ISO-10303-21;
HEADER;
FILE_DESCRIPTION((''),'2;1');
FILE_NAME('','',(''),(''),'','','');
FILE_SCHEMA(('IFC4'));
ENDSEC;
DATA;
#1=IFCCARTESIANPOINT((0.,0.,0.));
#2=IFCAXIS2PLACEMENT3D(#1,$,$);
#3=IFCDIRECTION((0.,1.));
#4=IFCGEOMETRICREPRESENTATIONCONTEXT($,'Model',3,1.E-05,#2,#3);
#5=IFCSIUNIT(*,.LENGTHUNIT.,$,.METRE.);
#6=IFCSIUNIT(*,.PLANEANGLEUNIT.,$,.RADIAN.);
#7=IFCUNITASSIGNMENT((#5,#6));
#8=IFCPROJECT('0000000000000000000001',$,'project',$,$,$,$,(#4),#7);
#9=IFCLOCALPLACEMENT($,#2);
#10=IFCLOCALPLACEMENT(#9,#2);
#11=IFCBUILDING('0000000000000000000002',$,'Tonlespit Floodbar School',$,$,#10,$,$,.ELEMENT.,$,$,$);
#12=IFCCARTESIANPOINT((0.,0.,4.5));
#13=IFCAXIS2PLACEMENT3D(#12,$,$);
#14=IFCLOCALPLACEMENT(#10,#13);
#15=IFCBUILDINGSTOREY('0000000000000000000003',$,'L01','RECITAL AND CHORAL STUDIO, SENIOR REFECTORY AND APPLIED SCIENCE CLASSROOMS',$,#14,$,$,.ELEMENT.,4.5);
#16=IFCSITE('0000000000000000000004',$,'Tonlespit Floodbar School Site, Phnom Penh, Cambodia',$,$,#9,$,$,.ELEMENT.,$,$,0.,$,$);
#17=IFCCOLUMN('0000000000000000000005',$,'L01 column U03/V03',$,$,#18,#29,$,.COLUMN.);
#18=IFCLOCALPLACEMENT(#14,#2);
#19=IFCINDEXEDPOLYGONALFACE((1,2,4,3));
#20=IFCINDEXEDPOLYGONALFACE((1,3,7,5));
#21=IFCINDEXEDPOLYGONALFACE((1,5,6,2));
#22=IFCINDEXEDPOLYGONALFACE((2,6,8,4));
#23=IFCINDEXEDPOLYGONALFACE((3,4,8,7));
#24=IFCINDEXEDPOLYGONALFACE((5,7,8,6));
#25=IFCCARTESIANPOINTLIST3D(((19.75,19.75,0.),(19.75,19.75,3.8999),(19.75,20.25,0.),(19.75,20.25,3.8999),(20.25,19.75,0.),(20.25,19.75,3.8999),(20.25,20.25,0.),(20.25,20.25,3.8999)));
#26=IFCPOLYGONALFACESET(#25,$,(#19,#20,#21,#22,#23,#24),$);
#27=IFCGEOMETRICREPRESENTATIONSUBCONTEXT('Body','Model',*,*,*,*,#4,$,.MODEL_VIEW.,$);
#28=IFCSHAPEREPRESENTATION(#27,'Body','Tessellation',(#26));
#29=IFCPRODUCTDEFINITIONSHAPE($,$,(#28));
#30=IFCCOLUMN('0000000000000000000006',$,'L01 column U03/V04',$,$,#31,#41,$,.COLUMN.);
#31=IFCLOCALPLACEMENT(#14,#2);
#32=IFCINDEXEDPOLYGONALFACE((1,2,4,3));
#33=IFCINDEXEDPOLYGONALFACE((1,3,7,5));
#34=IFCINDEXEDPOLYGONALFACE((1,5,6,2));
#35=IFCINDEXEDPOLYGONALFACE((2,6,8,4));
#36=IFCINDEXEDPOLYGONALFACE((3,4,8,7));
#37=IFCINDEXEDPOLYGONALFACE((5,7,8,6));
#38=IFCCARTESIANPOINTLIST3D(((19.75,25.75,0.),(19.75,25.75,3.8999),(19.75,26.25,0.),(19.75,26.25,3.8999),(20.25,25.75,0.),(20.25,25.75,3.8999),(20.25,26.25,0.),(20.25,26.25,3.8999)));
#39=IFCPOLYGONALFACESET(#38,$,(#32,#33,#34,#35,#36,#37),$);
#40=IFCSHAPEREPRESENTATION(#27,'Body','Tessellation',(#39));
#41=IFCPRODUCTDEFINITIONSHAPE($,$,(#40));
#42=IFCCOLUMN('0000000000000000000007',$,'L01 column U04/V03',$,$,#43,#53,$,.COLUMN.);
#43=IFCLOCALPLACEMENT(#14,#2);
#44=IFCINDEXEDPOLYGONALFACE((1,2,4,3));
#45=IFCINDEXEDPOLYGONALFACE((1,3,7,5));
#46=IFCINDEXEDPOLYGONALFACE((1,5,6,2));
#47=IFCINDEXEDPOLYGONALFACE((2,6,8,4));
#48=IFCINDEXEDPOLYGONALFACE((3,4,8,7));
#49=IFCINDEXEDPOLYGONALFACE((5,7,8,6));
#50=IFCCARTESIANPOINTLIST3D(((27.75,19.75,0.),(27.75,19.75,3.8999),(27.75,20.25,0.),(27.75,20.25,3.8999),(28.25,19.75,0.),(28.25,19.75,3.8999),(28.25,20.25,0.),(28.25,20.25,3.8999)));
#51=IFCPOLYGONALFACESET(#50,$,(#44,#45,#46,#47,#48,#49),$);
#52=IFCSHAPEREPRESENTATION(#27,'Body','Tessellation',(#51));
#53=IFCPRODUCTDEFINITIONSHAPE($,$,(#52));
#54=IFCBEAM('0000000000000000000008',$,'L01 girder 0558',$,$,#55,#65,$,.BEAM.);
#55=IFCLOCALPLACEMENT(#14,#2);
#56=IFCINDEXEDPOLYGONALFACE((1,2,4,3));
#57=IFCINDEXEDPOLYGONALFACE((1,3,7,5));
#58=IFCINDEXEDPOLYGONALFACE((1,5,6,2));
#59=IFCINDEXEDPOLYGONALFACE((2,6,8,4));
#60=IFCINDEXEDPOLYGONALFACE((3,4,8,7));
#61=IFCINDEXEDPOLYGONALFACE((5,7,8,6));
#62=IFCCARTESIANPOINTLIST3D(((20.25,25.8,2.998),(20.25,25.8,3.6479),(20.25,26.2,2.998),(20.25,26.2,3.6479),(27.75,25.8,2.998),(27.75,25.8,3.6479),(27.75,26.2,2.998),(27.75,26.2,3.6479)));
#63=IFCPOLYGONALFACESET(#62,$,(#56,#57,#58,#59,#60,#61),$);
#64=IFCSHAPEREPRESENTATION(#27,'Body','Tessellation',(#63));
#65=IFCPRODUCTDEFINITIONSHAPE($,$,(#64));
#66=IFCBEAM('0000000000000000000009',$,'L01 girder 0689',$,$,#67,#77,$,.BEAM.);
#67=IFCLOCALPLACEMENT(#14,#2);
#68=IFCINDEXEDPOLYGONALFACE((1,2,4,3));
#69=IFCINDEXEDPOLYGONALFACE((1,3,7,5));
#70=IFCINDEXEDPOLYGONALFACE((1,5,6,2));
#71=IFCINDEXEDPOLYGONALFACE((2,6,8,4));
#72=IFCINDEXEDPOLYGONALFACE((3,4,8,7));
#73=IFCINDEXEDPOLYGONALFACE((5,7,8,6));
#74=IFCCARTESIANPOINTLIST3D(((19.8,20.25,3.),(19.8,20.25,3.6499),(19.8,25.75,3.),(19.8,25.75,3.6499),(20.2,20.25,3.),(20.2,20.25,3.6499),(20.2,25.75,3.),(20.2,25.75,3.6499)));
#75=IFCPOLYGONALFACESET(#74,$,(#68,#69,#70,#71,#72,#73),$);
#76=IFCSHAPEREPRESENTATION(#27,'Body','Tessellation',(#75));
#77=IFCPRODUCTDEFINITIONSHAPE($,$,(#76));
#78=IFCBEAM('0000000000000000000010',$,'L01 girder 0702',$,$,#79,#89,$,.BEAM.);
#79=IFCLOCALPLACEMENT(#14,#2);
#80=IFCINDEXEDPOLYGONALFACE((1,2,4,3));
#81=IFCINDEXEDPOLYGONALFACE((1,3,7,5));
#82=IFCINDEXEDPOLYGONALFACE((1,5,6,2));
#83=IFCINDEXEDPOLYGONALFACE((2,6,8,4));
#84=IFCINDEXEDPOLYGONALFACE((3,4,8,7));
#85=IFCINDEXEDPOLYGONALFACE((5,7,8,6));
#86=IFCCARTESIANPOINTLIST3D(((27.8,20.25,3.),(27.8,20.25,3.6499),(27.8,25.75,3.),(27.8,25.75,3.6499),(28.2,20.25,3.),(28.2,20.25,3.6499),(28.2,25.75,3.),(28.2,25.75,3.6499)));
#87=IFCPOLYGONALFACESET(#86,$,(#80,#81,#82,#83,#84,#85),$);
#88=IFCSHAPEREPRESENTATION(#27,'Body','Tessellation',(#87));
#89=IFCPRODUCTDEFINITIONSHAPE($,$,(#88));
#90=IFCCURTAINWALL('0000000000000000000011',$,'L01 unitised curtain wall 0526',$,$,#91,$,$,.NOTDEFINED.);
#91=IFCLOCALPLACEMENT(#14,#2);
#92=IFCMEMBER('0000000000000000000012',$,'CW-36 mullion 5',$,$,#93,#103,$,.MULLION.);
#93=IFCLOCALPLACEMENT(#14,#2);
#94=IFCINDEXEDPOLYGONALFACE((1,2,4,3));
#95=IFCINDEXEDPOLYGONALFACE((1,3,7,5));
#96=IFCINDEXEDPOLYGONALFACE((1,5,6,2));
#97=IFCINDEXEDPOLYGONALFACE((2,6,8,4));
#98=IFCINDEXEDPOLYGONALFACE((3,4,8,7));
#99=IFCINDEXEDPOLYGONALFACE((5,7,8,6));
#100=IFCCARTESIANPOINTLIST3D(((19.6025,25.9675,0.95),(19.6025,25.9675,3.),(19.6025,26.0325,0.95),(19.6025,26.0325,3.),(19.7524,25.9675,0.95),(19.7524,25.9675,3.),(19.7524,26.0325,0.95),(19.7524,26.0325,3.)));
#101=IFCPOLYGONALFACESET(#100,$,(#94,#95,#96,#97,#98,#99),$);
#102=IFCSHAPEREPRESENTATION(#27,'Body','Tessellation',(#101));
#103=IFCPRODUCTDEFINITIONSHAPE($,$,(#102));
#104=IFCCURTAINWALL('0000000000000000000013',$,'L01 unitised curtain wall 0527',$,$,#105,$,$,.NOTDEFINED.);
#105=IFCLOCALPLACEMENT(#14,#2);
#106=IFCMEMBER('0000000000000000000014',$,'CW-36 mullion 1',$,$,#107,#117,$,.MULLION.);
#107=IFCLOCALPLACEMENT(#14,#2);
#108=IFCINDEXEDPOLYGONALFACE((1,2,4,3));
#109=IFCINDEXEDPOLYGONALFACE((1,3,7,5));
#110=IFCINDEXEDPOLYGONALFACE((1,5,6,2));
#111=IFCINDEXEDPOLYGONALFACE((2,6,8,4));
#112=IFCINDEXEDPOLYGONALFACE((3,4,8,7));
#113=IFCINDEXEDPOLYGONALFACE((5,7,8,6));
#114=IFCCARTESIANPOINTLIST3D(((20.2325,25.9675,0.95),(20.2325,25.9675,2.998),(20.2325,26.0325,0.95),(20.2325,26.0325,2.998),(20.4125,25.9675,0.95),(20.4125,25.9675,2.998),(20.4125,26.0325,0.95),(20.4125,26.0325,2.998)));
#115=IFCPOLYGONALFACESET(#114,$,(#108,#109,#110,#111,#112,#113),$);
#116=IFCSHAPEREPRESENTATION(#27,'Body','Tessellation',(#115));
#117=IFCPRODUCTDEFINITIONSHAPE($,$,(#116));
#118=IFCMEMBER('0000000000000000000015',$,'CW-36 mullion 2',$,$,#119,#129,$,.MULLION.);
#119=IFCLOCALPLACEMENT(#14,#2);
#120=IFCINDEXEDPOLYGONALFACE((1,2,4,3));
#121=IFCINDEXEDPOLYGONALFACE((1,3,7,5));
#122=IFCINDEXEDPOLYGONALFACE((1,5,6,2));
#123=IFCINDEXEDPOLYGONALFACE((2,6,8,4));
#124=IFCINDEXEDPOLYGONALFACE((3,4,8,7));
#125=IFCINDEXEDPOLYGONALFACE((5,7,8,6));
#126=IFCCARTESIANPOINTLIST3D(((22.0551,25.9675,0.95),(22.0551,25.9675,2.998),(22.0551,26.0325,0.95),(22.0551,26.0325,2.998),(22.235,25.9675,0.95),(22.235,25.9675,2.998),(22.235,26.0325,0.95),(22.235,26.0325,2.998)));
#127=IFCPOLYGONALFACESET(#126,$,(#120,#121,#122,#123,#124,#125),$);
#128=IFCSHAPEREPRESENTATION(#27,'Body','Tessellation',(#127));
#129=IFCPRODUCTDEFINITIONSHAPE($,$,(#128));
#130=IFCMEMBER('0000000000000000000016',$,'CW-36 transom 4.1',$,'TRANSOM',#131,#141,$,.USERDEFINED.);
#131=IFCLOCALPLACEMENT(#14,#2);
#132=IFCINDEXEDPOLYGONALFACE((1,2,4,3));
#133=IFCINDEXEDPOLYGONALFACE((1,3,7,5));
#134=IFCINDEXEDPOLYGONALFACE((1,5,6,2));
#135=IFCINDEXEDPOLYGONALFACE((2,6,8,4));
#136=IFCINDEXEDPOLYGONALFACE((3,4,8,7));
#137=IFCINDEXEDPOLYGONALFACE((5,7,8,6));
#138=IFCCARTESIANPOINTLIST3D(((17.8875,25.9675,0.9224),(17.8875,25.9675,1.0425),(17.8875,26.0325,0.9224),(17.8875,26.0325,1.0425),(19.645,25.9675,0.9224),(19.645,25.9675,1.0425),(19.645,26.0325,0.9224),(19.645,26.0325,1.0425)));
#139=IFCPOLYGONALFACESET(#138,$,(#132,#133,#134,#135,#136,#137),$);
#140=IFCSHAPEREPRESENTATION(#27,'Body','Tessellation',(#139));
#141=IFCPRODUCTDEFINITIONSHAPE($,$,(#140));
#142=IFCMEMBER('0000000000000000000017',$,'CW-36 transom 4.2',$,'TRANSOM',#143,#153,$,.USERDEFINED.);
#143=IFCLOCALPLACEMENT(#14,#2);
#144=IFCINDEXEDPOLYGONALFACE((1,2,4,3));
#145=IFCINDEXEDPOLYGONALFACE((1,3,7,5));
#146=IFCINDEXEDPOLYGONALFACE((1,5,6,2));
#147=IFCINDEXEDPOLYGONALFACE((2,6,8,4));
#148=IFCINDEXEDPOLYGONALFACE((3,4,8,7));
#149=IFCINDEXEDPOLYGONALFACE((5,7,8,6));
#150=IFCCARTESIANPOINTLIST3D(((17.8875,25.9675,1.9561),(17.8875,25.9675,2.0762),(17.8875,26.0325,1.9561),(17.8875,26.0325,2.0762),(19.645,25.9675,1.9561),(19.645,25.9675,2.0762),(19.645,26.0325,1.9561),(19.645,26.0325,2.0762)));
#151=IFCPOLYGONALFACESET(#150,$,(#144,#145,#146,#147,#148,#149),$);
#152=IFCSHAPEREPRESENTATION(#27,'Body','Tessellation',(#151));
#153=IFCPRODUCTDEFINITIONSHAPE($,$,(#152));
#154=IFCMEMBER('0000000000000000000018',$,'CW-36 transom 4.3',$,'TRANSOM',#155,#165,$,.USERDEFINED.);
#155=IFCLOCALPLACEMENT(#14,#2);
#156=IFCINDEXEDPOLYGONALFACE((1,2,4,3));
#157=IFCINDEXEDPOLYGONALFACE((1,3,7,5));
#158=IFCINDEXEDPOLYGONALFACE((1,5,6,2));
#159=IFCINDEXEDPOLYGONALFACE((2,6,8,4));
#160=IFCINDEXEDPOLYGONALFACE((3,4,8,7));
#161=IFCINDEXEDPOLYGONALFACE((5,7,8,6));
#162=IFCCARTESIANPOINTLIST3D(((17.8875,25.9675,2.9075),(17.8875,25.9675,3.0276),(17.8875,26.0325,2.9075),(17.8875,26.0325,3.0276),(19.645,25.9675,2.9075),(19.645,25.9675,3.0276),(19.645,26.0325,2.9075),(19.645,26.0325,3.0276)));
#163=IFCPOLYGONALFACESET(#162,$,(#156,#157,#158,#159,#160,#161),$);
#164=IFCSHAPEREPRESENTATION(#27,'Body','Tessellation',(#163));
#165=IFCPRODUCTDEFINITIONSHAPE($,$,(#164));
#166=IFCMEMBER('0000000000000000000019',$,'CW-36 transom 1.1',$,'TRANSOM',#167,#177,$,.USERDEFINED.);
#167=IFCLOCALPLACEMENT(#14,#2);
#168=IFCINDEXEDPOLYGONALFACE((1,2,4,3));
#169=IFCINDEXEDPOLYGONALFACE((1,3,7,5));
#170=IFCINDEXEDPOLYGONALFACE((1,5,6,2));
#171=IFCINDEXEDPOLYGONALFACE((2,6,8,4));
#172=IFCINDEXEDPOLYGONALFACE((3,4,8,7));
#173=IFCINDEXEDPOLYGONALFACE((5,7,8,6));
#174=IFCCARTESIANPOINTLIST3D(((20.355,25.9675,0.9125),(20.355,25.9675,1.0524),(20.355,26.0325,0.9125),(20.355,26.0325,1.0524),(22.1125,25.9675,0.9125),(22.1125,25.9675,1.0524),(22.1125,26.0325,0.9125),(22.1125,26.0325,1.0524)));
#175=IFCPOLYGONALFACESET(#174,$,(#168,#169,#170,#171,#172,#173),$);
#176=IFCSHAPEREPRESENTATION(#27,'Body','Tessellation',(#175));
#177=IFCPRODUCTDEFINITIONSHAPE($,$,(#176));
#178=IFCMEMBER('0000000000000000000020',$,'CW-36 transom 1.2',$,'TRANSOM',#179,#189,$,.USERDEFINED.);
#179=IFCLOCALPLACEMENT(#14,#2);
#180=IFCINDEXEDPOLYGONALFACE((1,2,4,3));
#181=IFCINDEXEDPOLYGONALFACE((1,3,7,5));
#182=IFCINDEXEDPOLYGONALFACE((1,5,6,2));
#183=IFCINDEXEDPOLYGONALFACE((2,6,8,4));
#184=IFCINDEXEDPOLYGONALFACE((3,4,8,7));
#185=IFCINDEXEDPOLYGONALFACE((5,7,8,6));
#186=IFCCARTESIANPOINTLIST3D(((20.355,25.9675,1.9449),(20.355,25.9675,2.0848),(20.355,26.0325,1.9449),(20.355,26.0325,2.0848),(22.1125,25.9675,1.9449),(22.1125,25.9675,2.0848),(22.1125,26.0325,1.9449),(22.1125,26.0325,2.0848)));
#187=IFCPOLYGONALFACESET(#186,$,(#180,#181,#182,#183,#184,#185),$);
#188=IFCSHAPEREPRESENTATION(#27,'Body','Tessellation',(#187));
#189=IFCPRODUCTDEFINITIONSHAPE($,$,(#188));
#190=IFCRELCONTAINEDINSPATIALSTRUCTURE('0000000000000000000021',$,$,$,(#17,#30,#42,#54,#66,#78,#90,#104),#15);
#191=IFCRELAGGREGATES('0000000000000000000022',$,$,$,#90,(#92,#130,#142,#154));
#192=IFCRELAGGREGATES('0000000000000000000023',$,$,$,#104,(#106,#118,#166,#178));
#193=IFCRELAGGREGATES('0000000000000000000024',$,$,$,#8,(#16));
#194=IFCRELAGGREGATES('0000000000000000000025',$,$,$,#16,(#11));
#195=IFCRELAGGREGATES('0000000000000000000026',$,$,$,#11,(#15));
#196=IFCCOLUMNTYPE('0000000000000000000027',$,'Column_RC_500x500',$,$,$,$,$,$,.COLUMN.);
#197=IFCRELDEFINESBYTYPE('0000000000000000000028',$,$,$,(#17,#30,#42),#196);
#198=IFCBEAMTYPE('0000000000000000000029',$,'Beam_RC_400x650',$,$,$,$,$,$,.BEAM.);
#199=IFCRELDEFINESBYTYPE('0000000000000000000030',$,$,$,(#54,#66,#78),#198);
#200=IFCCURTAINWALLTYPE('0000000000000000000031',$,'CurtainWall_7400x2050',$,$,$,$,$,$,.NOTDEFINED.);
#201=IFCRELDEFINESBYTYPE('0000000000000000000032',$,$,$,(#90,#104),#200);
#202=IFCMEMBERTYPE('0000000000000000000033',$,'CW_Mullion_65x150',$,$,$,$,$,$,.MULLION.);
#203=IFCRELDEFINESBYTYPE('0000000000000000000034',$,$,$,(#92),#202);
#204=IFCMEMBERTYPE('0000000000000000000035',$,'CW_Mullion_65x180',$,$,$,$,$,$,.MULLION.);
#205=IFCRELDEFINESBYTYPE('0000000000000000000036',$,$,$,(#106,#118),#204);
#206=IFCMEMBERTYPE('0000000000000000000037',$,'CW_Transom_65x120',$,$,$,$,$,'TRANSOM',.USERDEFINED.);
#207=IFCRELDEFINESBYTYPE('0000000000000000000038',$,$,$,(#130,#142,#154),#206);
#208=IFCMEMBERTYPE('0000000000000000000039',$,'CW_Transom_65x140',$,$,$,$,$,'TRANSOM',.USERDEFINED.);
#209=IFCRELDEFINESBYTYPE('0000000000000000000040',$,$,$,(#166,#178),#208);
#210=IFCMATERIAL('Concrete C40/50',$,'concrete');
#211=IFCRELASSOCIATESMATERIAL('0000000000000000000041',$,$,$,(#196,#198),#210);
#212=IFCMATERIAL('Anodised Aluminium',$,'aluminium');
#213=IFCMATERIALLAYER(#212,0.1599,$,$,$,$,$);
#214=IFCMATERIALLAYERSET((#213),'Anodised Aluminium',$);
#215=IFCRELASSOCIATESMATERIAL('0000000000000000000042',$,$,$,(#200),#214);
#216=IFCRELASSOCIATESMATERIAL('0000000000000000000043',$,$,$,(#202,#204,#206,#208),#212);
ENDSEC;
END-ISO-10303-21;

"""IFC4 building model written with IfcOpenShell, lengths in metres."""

from ifc_helpers import new_model, si_unit, direction, frame, origin, origin_2d, place, context, subcontext, project, spatial, rectangle, extrude, material, layer, layer_set, material_profile, profile_set, type_object, element, aggregate, save


model = new_model("IFC4")

# Units and contexts
model_context = context("Model", 3, precision=1e-05, world=origin(), true_north=direction((0.0, 1.0)))
body_context = subcontext(model_context, "Body", "Model", "MODEL_VIEW")
ifc_project = project(units=[si_unit("LENGTHUNIT", "METRE"), si_unit("PLANEANGLEUNIT", "RADIAN")], contexts=[model_context])

# Site, building, storey
site_placement = place(None, origin())
site = spatial("IfcSite", under=ifc_project, at=site_placement, Name="Tonlespit Floodbar School Site, Phnom Penh, Cambodia", CompositionType="ELEMENT", RefElevation=0.0)
building_placement = place(site_placement, origin())
building = spatial("IfcBuilding", under=site, at=building_placement, Name="Tonlespit Floodbar School", CompositionType="ELEMENT")
storey_placement = place(building_placement, frame((0.0, 0.0, 4.5)))
storey = spatial("IfcBuildingStorey", under=building, at=storey_placement, Name="L01", Description="RECITAL AND CHORAL STUDIO, SENIOR REFECTORY AND APPLIED SCIENCE CLASSROOMS", CompositionType="ELEMENT", Elevation=4.5)

# Columns
ifc_material_1 = material(Name="Concrete C40/50", Category="concrete")
ifc_material_profile_1 = material_profile(ifc_material_1, rectangle(XDim=0.5, YDim=0.5, at=origin_2d()), Name="RC 500x500")
ifc_profile_set_1 = profile_set([ifc_material_profile_1], Name="Concrete C40/50")
column_type = type_object("IfcColumnType", Name="Column_RC_500x500", PredefinedType="COLUMN", material=ifc_profile_set_1)
for number, where, z_axis, x_axis, name in (
    (1, (20.0, 20.0, 0.0), (0.0, 0.0, 1.0), (1.0, 0.0, 0.0), "L01 column U03/V03"),
    (2, (20.0, 26.0, 0.0), (0.0, 0.0, 1.0), (1.0, 0.0, 0.0), "L01 column U03/V04"),
    (3, (28.0, 20.0, 0.0), (0.0, 0.0, 1.0), (1.0, 0.0, 0.0), "L01 column U04/V03"),
):
    element("IfcColumn", number, at=place(storey_placement, frame(where, z_axis=z_axis, x_axis=x_axis)), inside=storey, type_object=column_type, Name=name, PredefinedType="COLUMN", context=body_context, shape_type="SweptSolid", body=[
        extrude(rectangle(XDim=0.5, YDim=0.5, at=origin_2d()), origin(), (0.0, 0.0, 1.0), 3.8999),
    ])

# Beams
ifc_material_profile_2 = material_profile(ifc_material_1, rectangle(XDim=0.3999, YDim=0.6499, at=origin_2d()), Name="RC 400x650")
ifc_profile_set_2 = profile_set([ifc_material_profile_2], Name="Concrete C40/50")
beam_type_1 = type_object("IfcBeamType", Name="Beam_RC_400x650", PredefinedType="BEAM", material=ifc_profile_set_2)
beam_placement = place(storey_placement, frame((20.25, 26.0, 3.323), z_axis=(1.0, 0.0, 0.0), x_axis=(0.0, 1.0, 0.0)))
element("IfcBeam", 4, at=beam_placement, inside=storey, type_object=beam_type_1, Name="L01 girder 0558", PredefinedType="BEAM", context=body_context, shape_type="SweptSolid", body=[
    extrude(rectangle(XDim=0.3999, YDim=0.6499, at=origin_2d()), origin(), (0.0, 0.0, 1.0), 7.5),
])
for number, where, z_axis, x_axis, name in (
    (5, (20.0, 20.25, 3.325), (0.0, 1.0, 0.0), (-1.0, 0.0, 0.0), "L01 girder 0689"),
    (6, (28.0, 20.25, 3.325), (0.0, 1.0, 0.0), (-1.0, 0.0, 0.0), "L01 girder 0702"),
):
    element("IfcBeam", number, at=place(storey_placement, frame(where, z_axis=z_axis, x_axis=x_axis)), inside=storey, type_object=beam_type_1, Name=name, PredefinedType="BEAM", context=body_context, shape_type="SweptSolid", body=[
        extrude(rectangle(XDim=0.3999, YDim=0.6499, at=origin_2d()), origin(), (0.0, 0.0, 1.0), 5.5),
    ])

# Curtain wall, member
ifc_material_2 = material(Name="Anodised Aluminium", Category="aluminium")
ifc_layer_1 = layer(ifc_material_2, 0.1599)
ifc_layer_set_1 = layer_set([ifc_layer_1], Name="Anodised Aluminium")
curtain_wall_type = type_object("IfcCurtainWallType", Name="CurtainWall_7400x2050", PredefinedType="NOTDEFINED", material=ifc_layer_set_1)
curtain_wall_1_placement = place(storey_placement, origin())
curtain_wall_1 = element("IfcCurtainWall", 7, at=curtain_wall_1_placement, inside=storey, type_object=curtain_wall_type, Name="L01 unitised curtain wall 0526", PredefinedType="NOTDEFINED")
ifc_material_profile_3 = material_profile(ifc_material_2, rectangle(XDim=0.0649, YDim=0.1499, at=origin_2d()), Name="ALU M65x150")
ifc_profile_set_3 = profile_set([ifc_material_profile_3], Name="Anodised Aluminium")
member_type_1 = type_object("IfcMemberType", Name="CW_Mullion_65x150", PredefinedType="MULLION", material=ifc_profile_set_3)
member_1_placement = place(storey_placement, frame((19.6775, 26.0, 0.95), z_axis=(0.0, 0.0, 1.0), x_axis=(0.0, 1.0, 0.0)))
member_1 = element("IfcMember", 8, at=member_1_placement, type_object=member_type_1, Name="CW-36 mullion 5", PredefinedType="MULLION", context=body_context, shape_type="SweptSolid", body=[
    extrude(rectangle(XDim=0.0649, YDim=0.1499, at=origin_2d()), origin(), (0.0, 0.0, 1.0), 2.05),
])

# Curtain wall, members
curtain_wall_2_placement = place(storey_placement, origin())
curtain_wall_2 = element("IfcCurtainWall", 9, at=curtain_wall_2_placement, inside=storey, type_object=curtain_wall_type, Name="L01 unitised curtain wall 0527", PredefinedType="NOTDEFINED")
ifc_material_profile_4 = material_profile(ifc_material_2, rectangle(XDim=0.0649, YDim=0.1799, at=origin_2d()), Name="ALU M65x180")
ifc_profile_set_4 = profile_set([ifc_material_profile_4], Name="Anodised Aluminium")
member_type_2 = type_object("IfcMemberType", Name="CW_Mullion_65x180", PredefinedType="MULLION", material=ifc_profile_set_4)
member_2_placement = place(storey_placement, frame((20.3225, 26.0, 0.95), z_axis=(0.0, 0.0, 1.0), x_axis=(0.0, 1.0, 0.0)))
member_2 = element("IfcMember", 10, at=member_2_placement, type_object=member_type_2, Name="CW-36 mullion 1", PredefinedType="MULLION", context=body_context, shape_type="SweptSolid", body=[
    extrude(rectangle(XDim=0.0649, YDim=0.1799, at=origin_2d()), origin(), (0.0, 0.0, 1.0), 2.0481),
])
member_3_placement = place(storey_placement, frame((22.145, 26.0, 0.95), z_axis=(0.0, 0.0, 1.0), x_axis=(0.0, 1.0, 0.0)))
member_3 = element("IfcMember", 11, at=member_3_placement, type_object=member_type_2, Name="CW-36 mullion 2", PredefinedType="MULLION", context=body_context, shape_type="SweptSolid", body=[
    extrude(rectangle(XDim=0.0649, YDim=0.1799, at=origin_2d()), origin(), (0.0, 0.0, 1.0), 2.0481),
])

# Members
ifc_material_profile_5 = material_profile(ifc_material_2, rectangle(XDim=0.0649, YDim=0.1201, at=origin_2d()), Name="ALU T65x120")
ifc_profile_set_5 = profile_set([ifc_material_profile_5], Name="Anodised Aluminium")
member_type_3 = type_object("IfcMemberType", Name="CW_Transom_65x120", ElementType="TRANSOM", PredefinedType="USERDEFINED", material=ifc_profile_set_5)
member_4_placement = place(storey_placement, frame((17.8875, 26.0, 0.9824), z_axis=(1.0, 0.0, 0.0), x_axis=(0.0, 1.0, 0.0)))
member_4 = element("IfcMember", 12, at=member_4_placement, type_object=member_type_3, Name="CW-36 transom 4.1", ObjectType="TRANSOM", PredefinedType="USERDEFINED", context=body_context, shape_type="SweptSolid", body=[
    extrude(rectangle(XDim=0.0649, YDim=0.1201, at=origin_2d()), origin(), (0.0, 0.0, 1.0), 1.7576),
])
member_5_placement = place(storey_placement, frame((17.8875, 26.0, 2.0161), z_axis=(1.0, 0.0, 0.0), x_axis=(0.0, 1.0, 0.0)))
member_5 = element("IfcMember", 13, at=member_5_placement, type_object=member_type_3, Name="CW-36 transom 4.2", ObjectType="TRANSOM", PredefinedType="USERDEFINED", context=body_context, shape_type="SweptSolid", body=[
    extrude(rectangle(XDim=0.0649, YDim=0.1201, at=origin_2d()), origin(), (0.0, 0.0, 1.0), 1.7576),
])
member_6_placement = place(storey_placement, frame((17.8875, 26.0, 2.9675), z_axis=(1.0, 0.0, 0.0), x_axis=(0.0, 1.0, 0.0)))
member_6 = element("IfcMember", 14, at=member_6_placement, type_object=member_type_3, Name="CW-36 transom 4.3", ObjectType="TRANSOM", PredefinedType="USERDEFINED", context=body_context, shape_type="SweptSolid", body=[
    extrude(rectangle(XDim=0.0649, YDim=0.1201, at=origin_2d()), origin(), (0.0, 0.0, 1.0), 1.7576),
])
ifc_material_profile_6 = material_profile(ifc_material_2, rectangle(XDim=0.0649, YDim=0.1399, at=origin_2d()), Name="ALU T65x140")
ifc_profile_set_6 = profile_set([ifc_material_profile_6], Name="Anodised Aluminium")
member_type_4 = type_object("IfcMemberType", Name="CW_Transom_65x140", ElementType="TRANSOM", PredefinedType="USERDEFINED", material=ifc_profile_set_6)
member_7_placement = place(storey_placement, frame((20.355, 26.0, 0.9824), z_axis=(1.0, 0.0, 0.0), x_axis=(0.0, 1.0, 0.0)))
member_7 = element("IfcMember", 15, at=member_7_placement, type_object=member_type_4, Name="CW-36 transom 1.1", ObjectType="TRANSOM", PredefinedType="USERDEFINED", context=body_context, shape_type="SweptSolid", body=[
    extrude(rectangle(XDim=0.0649, YDim=0.1399, at=origin_2d()), origin(), (0.0, 0.0, 1.0), 1.7576),
])
member_8_placement = place(storey_placement, frame((20.355, 26.0, 2.0149), z_axis=(1.0, 0.0, 0.0), x_axis=(0.0, 1.0, 0.0)))
member_8 = element("IfcMember", 16, at=member_8_placement, type_object=member_type_4, Name="CW-36 transom 1.2", ObjectType="TRANSOM", PredefinedType="USERDEFINED", context=body_context, shape_type="SweptSolid", body=[
    extrude(rectangle(XDim=0.0649, YDim=0.1399, at=origin_2d()), origin(), (0.0, 0.0, 1.0), 1.7576),
])

aggregate(curtain_wall_1, [member_1, member_4, member_5, member_6])
aggregate(curtain_wall_2, [member_2, member_3, member_7, member_8])

save(model, "model.ifc")
